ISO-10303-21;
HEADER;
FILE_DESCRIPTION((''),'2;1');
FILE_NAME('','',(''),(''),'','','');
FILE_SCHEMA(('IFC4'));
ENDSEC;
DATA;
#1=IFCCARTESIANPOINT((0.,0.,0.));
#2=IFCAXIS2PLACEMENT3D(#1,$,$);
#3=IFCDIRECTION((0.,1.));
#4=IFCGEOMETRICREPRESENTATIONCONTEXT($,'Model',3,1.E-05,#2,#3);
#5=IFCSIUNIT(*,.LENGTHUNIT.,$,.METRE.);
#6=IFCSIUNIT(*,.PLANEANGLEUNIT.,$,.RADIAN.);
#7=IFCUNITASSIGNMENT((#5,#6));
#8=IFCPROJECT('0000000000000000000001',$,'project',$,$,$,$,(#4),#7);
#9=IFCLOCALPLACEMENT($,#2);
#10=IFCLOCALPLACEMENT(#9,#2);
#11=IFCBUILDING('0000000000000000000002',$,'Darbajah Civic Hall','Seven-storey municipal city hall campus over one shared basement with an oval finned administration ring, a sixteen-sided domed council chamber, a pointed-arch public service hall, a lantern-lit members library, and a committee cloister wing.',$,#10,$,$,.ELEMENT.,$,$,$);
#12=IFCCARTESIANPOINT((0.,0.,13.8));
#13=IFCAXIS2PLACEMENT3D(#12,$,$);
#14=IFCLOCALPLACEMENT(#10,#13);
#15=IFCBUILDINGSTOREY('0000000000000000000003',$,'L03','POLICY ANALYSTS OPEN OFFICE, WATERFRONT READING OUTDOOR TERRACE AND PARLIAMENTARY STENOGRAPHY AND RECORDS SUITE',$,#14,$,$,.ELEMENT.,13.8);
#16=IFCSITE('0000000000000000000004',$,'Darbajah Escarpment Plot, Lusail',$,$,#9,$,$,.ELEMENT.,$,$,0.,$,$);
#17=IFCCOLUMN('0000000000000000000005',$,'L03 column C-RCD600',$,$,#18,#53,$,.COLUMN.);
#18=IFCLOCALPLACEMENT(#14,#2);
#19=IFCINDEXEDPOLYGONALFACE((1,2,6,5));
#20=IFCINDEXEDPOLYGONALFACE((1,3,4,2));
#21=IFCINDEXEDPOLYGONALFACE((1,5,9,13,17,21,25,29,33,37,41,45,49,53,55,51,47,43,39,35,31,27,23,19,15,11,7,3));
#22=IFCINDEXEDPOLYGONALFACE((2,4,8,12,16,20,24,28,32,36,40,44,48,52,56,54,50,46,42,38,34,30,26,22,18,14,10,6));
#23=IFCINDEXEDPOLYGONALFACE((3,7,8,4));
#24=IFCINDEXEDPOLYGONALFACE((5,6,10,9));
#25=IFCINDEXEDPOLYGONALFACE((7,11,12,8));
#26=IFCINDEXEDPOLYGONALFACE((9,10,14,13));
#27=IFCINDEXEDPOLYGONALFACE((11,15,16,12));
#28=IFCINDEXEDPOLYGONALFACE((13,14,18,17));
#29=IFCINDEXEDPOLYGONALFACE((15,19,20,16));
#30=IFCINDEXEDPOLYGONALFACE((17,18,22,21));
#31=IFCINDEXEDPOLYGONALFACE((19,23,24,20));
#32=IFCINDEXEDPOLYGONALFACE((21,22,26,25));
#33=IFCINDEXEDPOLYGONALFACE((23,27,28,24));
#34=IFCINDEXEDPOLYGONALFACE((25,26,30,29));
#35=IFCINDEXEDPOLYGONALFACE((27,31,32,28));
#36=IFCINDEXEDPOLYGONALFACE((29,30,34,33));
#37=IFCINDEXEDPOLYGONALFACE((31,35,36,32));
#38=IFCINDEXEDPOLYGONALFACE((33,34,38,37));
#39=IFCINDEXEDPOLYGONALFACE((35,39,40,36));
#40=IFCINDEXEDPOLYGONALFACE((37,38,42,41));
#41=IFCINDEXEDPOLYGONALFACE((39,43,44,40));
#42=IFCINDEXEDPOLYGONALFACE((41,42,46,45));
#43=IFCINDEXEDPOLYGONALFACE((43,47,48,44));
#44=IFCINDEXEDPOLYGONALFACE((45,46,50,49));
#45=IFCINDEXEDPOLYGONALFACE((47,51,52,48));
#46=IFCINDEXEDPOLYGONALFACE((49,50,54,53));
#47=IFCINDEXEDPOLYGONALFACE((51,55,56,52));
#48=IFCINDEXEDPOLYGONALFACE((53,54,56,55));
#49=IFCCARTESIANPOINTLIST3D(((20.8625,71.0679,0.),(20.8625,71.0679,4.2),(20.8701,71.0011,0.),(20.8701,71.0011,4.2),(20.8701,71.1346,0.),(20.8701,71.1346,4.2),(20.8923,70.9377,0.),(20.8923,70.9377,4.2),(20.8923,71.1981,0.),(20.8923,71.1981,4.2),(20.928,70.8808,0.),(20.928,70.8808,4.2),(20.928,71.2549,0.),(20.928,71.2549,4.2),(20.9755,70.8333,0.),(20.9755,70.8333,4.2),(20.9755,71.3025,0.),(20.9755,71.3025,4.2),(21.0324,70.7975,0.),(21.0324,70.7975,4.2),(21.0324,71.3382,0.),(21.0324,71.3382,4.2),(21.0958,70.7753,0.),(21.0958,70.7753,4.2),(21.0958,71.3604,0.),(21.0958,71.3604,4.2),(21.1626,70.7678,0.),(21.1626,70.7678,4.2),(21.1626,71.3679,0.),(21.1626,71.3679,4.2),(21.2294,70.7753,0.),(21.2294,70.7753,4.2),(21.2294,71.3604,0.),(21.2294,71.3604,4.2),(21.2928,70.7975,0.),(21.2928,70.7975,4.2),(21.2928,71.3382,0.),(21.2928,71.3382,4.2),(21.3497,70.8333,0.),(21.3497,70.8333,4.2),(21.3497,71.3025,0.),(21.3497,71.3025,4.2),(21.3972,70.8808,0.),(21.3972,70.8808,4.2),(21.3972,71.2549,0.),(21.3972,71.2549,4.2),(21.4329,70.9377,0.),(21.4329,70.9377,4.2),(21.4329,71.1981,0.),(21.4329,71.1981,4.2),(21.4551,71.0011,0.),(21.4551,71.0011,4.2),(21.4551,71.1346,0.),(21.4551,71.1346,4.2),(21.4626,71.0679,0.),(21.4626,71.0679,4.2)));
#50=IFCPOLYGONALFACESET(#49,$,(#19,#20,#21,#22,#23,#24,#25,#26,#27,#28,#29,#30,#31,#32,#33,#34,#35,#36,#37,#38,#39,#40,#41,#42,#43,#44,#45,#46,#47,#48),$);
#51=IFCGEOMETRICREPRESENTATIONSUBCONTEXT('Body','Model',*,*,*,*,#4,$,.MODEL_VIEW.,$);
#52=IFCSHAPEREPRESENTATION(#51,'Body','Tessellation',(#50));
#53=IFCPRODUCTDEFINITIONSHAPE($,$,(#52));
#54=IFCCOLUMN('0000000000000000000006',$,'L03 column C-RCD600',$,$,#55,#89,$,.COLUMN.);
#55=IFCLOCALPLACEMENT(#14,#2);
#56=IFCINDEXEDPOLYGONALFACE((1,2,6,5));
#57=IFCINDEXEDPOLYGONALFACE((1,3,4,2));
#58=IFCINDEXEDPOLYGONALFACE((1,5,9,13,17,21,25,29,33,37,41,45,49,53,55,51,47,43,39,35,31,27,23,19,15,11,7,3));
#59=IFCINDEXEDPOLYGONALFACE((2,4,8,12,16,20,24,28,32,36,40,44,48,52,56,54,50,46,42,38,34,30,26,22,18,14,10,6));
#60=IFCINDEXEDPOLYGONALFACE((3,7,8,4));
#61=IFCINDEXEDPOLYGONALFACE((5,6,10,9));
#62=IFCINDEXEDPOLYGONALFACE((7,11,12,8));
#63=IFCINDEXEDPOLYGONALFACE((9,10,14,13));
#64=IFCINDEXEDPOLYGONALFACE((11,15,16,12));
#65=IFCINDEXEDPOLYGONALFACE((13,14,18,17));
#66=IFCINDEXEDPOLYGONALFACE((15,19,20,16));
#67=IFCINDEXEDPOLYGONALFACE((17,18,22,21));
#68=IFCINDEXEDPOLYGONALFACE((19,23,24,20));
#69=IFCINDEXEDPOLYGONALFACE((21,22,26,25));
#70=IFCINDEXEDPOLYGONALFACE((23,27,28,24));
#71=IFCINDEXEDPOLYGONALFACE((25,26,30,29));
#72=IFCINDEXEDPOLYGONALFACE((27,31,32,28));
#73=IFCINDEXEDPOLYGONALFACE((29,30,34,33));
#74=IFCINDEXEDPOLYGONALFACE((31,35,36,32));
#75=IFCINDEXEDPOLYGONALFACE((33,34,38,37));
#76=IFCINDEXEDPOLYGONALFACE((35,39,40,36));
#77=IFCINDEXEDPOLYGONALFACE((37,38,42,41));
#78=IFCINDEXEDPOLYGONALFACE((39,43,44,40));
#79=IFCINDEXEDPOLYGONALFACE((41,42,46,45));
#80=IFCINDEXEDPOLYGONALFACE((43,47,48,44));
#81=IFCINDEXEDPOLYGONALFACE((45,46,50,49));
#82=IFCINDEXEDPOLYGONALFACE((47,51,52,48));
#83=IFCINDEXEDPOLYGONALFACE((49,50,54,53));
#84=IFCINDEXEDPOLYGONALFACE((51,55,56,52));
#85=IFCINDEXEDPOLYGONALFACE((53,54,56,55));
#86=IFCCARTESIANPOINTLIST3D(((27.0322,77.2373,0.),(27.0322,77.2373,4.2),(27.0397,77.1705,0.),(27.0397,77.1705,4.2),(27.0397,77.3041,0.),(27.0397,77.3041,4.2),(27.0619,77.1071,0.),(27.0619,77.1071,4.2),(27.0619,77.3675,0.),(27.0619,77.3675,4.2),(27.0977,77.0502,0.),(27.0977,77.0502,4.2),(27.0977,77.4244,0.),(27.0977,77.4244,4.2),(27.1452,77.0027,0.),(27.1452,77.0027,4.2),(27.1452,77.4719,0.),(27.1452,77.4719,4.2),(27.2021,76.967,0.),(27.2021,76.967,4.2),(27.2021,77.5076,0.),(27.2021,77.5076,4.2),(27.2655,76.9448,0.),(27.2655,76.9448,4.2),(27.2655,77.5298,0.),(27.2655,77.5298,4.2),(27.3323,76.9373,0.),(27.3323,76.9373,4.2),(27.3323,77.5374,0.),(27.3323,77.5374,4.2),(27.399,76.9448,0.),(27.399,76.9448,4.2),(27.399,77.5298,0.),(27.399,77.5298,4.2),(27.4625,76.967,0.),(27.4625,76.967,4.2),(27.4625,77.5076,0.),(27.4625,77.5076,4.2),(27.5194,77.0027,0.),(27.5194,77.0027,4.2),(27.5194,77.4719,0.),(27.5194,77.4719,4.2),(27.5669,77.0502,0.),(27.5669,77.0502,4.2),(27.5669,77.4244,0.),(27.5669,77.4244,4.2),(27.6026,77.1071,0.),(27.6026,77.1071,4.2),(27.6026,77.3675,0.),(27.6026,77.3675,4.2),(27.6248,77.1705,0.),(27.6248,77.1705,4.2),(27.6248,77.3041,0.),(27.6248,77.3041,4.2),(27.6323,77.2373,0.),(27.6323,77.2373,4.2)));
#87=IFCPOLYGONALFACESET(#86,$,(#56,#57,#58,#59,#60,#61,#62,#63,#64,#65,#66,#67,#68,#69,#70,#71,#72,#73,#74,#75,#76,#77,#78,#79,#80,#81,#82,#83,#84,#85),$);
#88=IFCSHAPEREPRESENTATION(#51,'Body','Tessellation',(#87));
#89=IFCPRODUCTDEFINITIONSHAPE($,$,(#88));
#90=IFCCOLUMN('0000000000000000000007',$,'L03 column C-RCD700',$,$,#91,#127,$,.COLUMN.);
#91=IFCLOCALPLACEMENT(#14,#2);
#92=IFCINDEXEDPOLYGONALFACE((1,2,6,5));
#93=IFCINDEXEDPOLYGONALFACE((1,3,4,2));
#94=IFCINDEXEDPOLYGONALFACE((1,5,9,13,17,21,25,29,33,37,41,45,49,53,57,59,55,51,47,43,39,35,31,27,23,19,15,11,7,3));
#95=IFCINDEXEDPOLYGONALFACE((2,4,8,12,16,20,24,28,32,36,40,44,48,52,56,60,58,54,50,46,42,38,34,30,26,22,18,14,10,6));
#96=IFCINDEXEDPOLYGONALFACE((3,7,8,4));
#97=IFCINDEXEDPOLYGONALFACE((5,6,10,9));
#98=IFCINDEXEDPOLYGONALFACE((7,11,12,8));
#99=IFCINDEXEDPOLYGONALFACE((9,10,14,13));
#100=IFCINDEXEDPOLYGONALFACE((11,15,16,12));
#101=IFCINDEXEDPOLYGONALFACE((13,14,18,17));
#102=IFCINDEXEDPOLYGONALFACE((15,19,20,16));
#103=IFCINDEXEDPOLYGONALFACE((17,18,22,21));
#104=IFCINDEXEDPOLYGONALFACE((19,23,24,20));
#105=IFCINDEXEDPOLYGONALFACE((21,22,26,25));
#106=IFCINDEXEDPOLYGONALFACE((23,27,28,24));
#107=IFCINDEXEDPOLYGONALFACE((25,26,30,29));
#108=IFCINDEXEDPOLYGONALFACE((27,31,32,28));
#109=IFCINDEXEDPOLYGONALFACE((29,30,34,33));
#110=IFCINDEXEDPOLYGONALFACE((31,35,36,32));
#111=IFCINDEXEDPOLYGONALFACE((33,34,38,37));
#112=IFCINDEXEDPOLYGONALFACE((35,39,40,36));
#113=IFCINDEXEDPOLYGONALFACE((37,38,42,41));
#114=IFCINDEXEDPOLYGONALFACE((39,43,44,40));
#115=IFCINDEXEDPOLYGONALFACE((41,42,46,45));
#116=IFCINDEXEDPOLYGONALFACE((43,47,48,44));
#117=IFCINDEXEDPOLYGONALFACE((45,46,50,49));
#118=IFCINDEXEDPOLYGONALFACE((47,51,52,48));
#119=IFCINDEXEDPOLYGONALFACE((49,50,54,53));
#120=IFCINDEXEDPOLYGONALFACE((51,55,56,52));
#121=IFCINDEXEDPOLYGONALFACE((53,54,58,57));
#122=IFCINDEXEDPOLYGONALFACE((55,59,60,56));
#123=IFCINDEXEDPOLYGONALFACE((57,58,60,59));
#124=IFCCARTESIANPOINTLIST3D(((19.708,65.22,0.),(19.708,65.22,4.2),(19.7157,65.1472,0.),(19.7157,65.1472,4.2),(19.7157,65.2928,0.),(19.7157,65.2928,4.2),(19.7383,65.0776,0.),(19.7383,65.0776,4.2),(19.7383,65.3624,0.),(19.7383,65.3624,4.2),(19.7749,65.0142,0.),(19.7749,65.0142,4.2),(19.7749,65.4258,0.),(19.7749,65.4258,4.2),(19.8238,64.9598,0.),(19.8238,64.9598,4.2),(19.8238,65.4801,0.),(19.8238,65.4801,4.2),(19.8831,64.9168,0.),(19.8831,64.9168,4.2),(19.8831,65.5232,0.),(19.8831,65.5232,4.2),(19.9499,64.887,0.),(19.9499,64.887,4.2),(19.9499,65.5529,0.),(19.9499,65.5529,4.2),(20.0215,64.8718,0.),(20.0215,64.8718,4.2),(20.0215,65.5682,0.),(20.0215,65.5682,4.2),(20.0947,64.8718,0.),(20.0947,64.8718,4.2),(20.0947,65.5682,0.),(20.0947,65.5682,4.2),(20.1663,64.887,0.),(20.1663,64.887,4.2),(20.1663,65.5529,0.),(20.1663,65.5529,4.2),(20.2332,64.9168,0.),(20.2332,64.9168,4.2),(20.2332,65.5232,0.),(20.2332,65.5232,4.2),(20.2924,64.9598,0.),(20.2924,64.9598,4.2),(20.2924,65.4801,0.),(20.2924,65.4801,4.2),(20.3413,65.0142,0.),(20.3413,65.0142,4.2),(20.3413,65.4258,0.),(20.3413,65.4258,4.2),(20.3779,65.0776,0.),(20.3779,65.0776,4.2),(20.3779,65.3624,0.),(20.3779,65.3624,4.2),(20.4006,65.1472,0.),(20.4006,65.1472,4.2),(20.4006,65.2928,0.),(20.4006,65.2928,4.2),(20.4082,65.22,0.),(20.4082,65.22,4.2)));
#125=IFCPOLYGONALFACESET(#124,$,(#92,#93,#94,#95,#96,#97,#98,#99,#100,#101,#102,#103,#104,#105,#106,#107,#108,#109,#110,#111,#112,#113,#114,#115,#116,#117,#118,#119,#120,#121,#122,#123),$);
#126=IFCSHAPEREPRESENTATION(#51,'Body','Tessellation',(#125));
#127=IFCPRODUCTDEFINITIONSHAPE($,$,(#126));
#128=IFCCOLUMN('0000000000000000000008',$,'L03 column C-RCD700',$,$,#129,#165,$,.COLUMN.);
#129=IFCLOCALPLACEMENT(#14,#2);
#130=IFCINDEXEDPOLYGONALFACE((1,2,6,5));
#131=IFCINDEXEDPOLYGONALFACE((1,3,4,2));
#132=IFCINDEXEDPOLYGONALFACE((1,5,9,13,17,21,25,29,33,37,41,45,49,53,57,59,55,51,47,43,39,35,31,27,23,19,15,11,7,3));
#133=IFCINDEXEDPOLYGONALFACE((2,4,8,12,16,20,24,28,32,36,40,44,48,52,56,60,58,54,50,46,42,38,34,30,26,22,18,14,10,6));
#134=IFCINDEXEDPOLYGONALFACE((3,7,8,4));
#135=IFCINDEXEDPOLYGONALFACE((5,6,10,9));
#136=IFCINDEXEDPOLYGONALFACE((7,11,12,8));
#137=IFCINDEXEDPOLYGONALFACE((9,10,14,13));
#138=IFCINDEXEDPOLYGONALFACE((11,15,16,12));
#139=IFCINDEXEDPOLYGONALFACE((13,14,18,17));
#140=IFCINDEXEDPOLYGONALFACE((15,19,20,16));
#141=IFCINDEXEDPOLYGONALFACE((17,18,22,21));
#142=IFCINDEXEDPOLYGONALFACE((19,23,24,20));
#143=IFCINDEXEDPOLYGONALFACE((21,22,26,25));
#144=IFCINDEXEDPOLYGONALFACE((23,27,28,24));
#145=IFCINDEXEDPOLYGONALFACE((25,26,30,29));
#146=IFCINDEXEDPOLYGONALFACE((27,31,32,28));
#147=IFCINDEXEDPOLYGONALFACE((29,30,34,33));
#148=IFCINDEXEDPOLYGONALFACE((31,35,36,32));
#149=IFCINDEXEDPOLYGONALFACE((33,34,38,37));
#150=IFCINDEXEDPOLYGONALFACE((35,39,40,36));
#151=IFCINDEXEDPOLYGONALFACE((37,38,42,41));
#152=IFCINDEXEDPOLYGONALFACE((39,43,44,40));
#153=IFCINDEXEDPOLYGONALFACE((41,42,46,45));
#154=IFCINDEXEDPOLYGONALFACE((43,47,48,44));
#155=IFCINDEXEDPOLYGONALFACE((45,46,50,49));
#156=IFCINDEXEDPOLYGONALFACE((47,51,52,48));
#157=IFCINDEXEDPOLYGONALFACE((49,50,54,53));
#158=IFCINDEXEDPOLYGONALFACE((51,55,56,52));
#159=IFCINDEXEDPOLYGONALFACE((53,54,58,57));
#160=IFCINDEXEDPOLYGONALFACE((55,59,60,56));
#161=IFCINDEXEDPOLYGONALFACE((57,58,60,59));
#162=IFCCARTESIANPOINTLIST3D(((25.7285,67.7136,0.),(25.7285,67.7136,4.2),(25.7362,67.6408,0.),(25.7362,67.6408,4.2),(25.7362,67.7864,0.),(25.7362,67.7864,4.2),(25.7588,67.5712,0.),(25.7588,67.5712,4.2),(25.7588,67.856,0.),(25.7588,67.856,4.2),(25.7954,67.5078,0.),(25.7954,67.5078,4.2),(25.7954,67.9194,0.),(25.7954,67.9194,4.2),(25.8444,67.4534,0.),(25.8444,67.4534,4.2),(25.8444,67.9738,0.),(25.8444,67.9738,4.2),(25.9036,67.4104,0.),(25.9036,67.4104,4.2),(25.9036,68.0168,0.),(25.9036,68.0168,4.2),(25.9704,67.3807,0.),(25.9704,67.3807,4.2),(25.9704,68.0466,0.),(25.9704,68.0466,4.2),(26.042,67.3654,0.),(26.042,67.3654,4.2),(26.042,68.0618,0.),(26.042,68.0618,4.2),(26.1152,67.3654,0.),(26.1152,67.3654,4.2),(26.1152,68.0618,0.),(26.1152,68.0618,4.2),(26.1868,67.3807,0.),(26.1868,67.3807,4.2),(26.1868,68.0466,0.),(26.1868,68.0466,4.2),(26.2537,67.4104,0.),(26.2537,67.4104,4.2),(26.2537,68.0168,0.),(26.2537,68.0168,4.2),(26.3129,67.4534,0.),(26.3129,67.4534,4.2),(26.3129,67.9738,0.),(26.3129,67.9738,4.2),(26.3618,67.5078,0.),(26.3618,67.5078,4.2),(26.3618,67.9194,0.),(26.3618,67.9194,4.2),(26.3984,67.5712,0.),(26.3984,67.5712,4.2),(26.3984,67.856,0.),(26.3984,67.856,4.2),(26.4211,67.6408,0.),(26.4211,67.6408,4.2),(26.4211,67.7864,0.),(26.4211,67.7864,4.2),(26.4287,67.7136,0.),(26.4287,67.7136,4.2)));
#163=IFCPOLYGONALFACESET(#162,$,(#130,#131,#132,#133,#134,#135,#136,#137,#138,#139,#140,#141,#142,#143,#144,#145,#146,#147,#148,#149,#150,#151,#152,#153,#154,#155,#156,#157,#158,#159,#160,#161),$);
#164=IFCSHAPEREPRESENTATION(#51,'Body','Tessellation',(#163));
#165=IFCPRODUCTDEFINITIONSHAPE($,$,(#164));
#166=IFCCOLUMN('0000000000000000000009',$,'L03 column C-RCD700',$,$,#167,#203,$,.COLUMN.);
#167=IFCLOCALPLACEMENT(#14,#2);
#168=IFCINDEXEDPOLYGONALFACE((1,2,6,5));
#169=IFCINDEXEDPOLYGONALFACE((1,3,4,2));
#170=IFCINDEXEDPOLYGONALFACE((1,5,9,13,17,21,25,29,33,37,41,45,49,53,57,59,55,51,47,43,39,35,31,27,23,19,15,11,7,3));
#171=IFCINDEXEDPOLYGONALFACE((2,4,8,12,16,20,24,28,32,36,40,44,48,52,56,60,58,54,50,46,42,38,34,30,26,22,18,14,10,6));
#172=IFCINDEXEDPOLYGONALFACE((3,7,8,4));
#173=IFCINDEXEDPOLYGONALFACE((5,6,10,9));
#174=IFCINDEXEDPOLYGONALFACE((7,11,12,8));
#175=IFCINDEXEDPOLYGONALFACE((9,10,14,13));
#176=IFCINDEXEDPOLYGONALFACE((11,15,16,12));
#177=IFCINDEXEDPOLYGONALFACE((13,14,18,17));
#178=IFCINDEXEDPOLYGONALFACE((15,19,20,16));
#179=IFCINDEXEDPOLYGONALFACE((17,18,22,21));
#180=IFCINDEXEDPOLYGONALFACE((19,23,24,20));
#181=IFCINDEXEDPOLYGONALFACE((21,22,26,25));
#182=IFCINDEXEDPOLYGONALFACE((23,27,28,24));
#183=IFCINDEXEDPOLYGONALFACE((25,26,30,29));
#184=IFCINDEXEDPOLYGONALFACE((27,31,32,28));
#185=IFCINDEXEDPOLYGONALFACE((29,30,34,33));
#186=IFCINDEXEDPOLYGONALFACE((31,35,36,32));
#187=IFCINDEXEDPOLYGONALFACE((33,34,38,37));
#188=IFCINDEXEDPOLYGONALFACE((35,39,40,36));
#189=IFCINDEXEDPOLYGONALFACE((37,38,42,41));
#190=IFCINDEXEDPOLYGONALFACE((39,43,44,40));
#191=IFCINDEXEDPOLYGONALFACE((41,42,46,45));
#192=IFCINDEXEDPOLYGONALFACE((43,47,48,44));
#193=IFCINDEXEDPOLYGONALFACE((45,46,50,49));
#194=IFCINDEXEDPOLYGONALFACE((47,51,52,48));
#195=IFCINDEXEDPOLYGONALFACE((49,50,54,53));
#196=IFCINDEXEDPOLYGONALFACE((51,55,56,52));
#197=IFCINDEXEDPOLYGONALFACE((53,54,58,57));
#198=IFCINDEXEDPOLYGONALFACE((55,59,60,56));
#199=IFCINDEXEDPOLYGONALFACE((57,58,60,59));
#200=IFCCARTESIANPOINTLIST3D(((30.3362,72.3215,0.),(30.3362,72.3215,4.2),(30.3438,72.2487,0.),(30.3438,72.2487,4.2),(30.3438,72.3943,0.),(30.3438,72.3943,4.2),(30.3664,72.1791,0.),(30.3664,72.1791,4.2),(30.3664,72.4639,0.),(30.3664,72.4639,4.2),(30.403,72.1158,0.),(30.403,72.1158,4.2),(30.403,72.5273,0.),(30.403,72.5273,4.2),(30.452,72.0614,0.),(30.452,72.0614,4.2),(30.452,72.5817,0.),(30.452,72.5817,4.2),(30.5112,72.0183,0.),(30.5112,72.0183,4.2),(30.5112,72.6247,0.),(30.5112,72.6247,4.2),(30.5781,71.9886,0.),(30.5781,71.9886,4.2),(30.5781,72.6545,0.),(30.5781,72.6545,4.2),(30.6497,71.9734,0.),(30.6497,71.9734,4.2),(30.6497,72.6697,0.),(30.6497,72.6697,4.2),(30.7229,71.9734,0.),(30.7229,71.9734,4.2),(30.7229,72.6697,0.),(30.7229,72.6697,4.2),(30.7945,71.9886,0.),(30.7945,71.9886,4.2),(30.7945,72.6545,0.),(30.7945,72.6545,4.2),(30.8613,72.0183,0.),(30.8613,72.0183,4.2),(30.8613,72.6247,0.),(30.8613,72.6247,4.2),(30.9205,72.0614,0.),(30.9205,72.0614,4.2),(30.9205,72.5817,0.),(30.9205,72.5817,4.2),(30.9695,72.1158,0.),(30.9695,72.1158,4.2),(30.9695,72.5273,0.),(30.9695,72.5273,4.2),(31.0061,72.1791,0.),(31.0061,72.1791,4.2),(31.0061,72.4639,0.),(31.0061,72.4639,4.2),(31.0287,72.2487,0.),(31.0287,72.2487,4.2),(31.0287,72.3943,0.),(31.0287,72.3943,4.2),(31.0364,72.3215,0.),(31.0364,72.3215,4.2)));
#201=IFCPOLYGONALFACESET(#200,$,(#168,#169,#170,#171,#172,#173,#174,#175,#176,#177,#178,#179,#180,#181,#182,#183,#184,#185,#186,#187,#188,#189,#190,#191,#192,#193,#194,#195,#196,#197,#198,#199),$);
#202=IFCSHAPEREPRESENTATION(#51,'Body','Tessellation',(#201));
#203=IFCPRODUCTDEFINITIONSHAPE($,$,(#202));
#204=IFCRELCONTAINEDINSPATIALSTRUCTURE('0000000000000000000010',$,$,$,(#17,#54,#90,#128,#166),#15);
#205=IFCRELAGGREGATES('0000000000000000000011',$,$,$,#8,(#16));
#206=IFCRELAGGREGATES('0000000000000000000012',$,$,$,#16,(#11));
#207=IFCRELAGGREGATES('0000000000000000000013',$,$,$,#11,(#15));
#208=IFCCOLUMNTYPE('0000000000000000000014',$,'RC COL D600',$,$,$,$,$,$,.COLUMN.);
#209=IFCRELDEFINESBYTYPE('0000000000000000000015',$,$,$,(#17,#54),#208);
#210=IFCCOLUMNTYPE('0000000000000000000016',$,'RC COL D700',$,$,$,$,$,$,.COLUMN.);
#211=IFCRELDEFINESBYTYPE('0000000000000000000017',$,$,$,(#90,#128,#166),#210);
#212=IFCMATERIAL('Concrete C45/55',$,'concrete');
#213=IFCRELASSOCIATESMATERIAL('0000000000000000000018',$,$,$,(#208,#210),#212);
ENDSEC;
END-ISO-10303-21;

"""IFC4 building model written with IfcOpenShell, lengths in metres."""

from ifc_helpers import new_model, si_unit, direction, frame, origin, origin_2d, place, context, subcontext, project, spatial, circle, extrude, material, material_profile, profile_set, type_object, element, save


model = new_model("IFC4")

# Units and contexts
model_context = context("Model", 3, precision=1e-05, world=origin(), true_north=direction((0.0, 1.0)))
body_context = subcontext(model_context, "Body", "Model", "MODEL_VIEW")
ifc_project = project(units=[si_unit("LENGTHUNIT", "METRE"), si_unit("PLANEANGLEUNIT", "RADIAN")], contexts=[model_context])

# Site, building, storey
site_placement = place(None, origin())
site = spatial("IfcSite", under=ifc_project, at=site_placement, Name="Darbajah Escarpment Plot, Lusail", CompositionType="ELEMENT", RefElevation=0.0)
building_placement = place(site_placement, origin())
building = spatial("IfcBuilding", under=site, at=building_placement, Name="Darbajah Civic Hall", Description="Seven-storey municipal city hall campus over one shared basement with an oval finned administration ring, a sixteen-sided domed council chamber, a pointed-arch public service hall, a lantern-lit members library, and a committee cloister wing.", CompositionType="ELEMENT")
storey_placement = place(building_placement, frame((0.0, 0.0, 13.8)))
storey = spatial("IfcBuildingStorey", under=building, at=storey_placement, Name="L03", Description="POLICY ANALYSTS OPEN OFFICE, WATERFRONT READING OUTDOOR TERRACE AND PARLIAMENTARY STENOGRAPHY AND RECORDS SUITE", CompositionType="ELEMENT", Elevation=13.8)

# Columns
ifc_material_1 = material(Name="Concrete C45/55", Category="concrete")
ifc_material_profile_1 = material_profile(ifc_material_1, circle(Radius=0.3, at=origin_2d()), Name="RC COL D600")
ifc_profile_set_1 = profile_set([ifc_material_profile_1], Name="Concrete C45/55")
column_type_1 = type_object("IfcColumnType", Name="RC COL D600", PredefinedType="COLUMN", material=ifc_profile_set_1)
for number, where, z_axis, x_axis, name in (
    (1, (21.1626, 71.0679, 0.0), (0.0, 0.0, 1.0), (1.0, 0.0, 0.0), "L03 column C-RCD600"),
    (2, (27.3323, 77.2373, 0.0), (0.0, 0.0, 1.0), (1.0, 0.0, 0.0), "L03 column C-RCD600"),
):
    element("IfcColumn", number, at=place(storey_placement, frame(where, z_axis=z_axis, x_axis=x_axis)), inside=storey, type_object=column_type_1, Name=name, PredefinedType="COLUMN", context=body_context, shape_type="SweptSolid", body=[
        extrude(circle(Radius=0.3, at=origin_2d()), origin(), (0.0, 0.0, 1.0), 4.2),
    ])
ifc_material_profile_2 = material_profile(ifc_material_1, circle(Radius=0.3501, at=origin_2d()), Name="RC COL D700")
ifc_profile_set_2 = profile_set([ifc_material_profile_2], Name="Concrete C45/55")
column_type_2 = type_object("IfcColumnType", Name="RC COL D700", PredefinedType="COLUMN", material=ifc_profile_set_2)
for number, where, z_axis, x_axis, name in (
    (3, (20.0581, 65.22, 0.0), (0.0, 0.0, 1.0), (1.0, 0.0, 0.0), "L03 column C-RCD700"),
    (4, (26.0786, 67.7136, 0.0), (0.0, 0.0, 1.0), (1.0, 0.0, 0.0), "L03 column C-RCD700"),
    (5, (30.6863, 72.3215, 0.0), (0.0, 0.0, 1.0), (1.0, 0.0, 0.0), "L03 column C-RCD700"),
):
    element("IfcColumn", number, at=place(storey_placement, frame(where, z_axis=z_axis, x_axis=x_axis)), inside=storey, type_object=column_type_2, Name=name, PredefinedType="COLUMN", context=body_context, shape_type="SweptSolid", body=[
        extrude(circle(Radius=0.3501, at=origin_2d()), origin(), (0.0, 0.0, 1.0), 4.2),
    ])

save(model, "model.ifc")
